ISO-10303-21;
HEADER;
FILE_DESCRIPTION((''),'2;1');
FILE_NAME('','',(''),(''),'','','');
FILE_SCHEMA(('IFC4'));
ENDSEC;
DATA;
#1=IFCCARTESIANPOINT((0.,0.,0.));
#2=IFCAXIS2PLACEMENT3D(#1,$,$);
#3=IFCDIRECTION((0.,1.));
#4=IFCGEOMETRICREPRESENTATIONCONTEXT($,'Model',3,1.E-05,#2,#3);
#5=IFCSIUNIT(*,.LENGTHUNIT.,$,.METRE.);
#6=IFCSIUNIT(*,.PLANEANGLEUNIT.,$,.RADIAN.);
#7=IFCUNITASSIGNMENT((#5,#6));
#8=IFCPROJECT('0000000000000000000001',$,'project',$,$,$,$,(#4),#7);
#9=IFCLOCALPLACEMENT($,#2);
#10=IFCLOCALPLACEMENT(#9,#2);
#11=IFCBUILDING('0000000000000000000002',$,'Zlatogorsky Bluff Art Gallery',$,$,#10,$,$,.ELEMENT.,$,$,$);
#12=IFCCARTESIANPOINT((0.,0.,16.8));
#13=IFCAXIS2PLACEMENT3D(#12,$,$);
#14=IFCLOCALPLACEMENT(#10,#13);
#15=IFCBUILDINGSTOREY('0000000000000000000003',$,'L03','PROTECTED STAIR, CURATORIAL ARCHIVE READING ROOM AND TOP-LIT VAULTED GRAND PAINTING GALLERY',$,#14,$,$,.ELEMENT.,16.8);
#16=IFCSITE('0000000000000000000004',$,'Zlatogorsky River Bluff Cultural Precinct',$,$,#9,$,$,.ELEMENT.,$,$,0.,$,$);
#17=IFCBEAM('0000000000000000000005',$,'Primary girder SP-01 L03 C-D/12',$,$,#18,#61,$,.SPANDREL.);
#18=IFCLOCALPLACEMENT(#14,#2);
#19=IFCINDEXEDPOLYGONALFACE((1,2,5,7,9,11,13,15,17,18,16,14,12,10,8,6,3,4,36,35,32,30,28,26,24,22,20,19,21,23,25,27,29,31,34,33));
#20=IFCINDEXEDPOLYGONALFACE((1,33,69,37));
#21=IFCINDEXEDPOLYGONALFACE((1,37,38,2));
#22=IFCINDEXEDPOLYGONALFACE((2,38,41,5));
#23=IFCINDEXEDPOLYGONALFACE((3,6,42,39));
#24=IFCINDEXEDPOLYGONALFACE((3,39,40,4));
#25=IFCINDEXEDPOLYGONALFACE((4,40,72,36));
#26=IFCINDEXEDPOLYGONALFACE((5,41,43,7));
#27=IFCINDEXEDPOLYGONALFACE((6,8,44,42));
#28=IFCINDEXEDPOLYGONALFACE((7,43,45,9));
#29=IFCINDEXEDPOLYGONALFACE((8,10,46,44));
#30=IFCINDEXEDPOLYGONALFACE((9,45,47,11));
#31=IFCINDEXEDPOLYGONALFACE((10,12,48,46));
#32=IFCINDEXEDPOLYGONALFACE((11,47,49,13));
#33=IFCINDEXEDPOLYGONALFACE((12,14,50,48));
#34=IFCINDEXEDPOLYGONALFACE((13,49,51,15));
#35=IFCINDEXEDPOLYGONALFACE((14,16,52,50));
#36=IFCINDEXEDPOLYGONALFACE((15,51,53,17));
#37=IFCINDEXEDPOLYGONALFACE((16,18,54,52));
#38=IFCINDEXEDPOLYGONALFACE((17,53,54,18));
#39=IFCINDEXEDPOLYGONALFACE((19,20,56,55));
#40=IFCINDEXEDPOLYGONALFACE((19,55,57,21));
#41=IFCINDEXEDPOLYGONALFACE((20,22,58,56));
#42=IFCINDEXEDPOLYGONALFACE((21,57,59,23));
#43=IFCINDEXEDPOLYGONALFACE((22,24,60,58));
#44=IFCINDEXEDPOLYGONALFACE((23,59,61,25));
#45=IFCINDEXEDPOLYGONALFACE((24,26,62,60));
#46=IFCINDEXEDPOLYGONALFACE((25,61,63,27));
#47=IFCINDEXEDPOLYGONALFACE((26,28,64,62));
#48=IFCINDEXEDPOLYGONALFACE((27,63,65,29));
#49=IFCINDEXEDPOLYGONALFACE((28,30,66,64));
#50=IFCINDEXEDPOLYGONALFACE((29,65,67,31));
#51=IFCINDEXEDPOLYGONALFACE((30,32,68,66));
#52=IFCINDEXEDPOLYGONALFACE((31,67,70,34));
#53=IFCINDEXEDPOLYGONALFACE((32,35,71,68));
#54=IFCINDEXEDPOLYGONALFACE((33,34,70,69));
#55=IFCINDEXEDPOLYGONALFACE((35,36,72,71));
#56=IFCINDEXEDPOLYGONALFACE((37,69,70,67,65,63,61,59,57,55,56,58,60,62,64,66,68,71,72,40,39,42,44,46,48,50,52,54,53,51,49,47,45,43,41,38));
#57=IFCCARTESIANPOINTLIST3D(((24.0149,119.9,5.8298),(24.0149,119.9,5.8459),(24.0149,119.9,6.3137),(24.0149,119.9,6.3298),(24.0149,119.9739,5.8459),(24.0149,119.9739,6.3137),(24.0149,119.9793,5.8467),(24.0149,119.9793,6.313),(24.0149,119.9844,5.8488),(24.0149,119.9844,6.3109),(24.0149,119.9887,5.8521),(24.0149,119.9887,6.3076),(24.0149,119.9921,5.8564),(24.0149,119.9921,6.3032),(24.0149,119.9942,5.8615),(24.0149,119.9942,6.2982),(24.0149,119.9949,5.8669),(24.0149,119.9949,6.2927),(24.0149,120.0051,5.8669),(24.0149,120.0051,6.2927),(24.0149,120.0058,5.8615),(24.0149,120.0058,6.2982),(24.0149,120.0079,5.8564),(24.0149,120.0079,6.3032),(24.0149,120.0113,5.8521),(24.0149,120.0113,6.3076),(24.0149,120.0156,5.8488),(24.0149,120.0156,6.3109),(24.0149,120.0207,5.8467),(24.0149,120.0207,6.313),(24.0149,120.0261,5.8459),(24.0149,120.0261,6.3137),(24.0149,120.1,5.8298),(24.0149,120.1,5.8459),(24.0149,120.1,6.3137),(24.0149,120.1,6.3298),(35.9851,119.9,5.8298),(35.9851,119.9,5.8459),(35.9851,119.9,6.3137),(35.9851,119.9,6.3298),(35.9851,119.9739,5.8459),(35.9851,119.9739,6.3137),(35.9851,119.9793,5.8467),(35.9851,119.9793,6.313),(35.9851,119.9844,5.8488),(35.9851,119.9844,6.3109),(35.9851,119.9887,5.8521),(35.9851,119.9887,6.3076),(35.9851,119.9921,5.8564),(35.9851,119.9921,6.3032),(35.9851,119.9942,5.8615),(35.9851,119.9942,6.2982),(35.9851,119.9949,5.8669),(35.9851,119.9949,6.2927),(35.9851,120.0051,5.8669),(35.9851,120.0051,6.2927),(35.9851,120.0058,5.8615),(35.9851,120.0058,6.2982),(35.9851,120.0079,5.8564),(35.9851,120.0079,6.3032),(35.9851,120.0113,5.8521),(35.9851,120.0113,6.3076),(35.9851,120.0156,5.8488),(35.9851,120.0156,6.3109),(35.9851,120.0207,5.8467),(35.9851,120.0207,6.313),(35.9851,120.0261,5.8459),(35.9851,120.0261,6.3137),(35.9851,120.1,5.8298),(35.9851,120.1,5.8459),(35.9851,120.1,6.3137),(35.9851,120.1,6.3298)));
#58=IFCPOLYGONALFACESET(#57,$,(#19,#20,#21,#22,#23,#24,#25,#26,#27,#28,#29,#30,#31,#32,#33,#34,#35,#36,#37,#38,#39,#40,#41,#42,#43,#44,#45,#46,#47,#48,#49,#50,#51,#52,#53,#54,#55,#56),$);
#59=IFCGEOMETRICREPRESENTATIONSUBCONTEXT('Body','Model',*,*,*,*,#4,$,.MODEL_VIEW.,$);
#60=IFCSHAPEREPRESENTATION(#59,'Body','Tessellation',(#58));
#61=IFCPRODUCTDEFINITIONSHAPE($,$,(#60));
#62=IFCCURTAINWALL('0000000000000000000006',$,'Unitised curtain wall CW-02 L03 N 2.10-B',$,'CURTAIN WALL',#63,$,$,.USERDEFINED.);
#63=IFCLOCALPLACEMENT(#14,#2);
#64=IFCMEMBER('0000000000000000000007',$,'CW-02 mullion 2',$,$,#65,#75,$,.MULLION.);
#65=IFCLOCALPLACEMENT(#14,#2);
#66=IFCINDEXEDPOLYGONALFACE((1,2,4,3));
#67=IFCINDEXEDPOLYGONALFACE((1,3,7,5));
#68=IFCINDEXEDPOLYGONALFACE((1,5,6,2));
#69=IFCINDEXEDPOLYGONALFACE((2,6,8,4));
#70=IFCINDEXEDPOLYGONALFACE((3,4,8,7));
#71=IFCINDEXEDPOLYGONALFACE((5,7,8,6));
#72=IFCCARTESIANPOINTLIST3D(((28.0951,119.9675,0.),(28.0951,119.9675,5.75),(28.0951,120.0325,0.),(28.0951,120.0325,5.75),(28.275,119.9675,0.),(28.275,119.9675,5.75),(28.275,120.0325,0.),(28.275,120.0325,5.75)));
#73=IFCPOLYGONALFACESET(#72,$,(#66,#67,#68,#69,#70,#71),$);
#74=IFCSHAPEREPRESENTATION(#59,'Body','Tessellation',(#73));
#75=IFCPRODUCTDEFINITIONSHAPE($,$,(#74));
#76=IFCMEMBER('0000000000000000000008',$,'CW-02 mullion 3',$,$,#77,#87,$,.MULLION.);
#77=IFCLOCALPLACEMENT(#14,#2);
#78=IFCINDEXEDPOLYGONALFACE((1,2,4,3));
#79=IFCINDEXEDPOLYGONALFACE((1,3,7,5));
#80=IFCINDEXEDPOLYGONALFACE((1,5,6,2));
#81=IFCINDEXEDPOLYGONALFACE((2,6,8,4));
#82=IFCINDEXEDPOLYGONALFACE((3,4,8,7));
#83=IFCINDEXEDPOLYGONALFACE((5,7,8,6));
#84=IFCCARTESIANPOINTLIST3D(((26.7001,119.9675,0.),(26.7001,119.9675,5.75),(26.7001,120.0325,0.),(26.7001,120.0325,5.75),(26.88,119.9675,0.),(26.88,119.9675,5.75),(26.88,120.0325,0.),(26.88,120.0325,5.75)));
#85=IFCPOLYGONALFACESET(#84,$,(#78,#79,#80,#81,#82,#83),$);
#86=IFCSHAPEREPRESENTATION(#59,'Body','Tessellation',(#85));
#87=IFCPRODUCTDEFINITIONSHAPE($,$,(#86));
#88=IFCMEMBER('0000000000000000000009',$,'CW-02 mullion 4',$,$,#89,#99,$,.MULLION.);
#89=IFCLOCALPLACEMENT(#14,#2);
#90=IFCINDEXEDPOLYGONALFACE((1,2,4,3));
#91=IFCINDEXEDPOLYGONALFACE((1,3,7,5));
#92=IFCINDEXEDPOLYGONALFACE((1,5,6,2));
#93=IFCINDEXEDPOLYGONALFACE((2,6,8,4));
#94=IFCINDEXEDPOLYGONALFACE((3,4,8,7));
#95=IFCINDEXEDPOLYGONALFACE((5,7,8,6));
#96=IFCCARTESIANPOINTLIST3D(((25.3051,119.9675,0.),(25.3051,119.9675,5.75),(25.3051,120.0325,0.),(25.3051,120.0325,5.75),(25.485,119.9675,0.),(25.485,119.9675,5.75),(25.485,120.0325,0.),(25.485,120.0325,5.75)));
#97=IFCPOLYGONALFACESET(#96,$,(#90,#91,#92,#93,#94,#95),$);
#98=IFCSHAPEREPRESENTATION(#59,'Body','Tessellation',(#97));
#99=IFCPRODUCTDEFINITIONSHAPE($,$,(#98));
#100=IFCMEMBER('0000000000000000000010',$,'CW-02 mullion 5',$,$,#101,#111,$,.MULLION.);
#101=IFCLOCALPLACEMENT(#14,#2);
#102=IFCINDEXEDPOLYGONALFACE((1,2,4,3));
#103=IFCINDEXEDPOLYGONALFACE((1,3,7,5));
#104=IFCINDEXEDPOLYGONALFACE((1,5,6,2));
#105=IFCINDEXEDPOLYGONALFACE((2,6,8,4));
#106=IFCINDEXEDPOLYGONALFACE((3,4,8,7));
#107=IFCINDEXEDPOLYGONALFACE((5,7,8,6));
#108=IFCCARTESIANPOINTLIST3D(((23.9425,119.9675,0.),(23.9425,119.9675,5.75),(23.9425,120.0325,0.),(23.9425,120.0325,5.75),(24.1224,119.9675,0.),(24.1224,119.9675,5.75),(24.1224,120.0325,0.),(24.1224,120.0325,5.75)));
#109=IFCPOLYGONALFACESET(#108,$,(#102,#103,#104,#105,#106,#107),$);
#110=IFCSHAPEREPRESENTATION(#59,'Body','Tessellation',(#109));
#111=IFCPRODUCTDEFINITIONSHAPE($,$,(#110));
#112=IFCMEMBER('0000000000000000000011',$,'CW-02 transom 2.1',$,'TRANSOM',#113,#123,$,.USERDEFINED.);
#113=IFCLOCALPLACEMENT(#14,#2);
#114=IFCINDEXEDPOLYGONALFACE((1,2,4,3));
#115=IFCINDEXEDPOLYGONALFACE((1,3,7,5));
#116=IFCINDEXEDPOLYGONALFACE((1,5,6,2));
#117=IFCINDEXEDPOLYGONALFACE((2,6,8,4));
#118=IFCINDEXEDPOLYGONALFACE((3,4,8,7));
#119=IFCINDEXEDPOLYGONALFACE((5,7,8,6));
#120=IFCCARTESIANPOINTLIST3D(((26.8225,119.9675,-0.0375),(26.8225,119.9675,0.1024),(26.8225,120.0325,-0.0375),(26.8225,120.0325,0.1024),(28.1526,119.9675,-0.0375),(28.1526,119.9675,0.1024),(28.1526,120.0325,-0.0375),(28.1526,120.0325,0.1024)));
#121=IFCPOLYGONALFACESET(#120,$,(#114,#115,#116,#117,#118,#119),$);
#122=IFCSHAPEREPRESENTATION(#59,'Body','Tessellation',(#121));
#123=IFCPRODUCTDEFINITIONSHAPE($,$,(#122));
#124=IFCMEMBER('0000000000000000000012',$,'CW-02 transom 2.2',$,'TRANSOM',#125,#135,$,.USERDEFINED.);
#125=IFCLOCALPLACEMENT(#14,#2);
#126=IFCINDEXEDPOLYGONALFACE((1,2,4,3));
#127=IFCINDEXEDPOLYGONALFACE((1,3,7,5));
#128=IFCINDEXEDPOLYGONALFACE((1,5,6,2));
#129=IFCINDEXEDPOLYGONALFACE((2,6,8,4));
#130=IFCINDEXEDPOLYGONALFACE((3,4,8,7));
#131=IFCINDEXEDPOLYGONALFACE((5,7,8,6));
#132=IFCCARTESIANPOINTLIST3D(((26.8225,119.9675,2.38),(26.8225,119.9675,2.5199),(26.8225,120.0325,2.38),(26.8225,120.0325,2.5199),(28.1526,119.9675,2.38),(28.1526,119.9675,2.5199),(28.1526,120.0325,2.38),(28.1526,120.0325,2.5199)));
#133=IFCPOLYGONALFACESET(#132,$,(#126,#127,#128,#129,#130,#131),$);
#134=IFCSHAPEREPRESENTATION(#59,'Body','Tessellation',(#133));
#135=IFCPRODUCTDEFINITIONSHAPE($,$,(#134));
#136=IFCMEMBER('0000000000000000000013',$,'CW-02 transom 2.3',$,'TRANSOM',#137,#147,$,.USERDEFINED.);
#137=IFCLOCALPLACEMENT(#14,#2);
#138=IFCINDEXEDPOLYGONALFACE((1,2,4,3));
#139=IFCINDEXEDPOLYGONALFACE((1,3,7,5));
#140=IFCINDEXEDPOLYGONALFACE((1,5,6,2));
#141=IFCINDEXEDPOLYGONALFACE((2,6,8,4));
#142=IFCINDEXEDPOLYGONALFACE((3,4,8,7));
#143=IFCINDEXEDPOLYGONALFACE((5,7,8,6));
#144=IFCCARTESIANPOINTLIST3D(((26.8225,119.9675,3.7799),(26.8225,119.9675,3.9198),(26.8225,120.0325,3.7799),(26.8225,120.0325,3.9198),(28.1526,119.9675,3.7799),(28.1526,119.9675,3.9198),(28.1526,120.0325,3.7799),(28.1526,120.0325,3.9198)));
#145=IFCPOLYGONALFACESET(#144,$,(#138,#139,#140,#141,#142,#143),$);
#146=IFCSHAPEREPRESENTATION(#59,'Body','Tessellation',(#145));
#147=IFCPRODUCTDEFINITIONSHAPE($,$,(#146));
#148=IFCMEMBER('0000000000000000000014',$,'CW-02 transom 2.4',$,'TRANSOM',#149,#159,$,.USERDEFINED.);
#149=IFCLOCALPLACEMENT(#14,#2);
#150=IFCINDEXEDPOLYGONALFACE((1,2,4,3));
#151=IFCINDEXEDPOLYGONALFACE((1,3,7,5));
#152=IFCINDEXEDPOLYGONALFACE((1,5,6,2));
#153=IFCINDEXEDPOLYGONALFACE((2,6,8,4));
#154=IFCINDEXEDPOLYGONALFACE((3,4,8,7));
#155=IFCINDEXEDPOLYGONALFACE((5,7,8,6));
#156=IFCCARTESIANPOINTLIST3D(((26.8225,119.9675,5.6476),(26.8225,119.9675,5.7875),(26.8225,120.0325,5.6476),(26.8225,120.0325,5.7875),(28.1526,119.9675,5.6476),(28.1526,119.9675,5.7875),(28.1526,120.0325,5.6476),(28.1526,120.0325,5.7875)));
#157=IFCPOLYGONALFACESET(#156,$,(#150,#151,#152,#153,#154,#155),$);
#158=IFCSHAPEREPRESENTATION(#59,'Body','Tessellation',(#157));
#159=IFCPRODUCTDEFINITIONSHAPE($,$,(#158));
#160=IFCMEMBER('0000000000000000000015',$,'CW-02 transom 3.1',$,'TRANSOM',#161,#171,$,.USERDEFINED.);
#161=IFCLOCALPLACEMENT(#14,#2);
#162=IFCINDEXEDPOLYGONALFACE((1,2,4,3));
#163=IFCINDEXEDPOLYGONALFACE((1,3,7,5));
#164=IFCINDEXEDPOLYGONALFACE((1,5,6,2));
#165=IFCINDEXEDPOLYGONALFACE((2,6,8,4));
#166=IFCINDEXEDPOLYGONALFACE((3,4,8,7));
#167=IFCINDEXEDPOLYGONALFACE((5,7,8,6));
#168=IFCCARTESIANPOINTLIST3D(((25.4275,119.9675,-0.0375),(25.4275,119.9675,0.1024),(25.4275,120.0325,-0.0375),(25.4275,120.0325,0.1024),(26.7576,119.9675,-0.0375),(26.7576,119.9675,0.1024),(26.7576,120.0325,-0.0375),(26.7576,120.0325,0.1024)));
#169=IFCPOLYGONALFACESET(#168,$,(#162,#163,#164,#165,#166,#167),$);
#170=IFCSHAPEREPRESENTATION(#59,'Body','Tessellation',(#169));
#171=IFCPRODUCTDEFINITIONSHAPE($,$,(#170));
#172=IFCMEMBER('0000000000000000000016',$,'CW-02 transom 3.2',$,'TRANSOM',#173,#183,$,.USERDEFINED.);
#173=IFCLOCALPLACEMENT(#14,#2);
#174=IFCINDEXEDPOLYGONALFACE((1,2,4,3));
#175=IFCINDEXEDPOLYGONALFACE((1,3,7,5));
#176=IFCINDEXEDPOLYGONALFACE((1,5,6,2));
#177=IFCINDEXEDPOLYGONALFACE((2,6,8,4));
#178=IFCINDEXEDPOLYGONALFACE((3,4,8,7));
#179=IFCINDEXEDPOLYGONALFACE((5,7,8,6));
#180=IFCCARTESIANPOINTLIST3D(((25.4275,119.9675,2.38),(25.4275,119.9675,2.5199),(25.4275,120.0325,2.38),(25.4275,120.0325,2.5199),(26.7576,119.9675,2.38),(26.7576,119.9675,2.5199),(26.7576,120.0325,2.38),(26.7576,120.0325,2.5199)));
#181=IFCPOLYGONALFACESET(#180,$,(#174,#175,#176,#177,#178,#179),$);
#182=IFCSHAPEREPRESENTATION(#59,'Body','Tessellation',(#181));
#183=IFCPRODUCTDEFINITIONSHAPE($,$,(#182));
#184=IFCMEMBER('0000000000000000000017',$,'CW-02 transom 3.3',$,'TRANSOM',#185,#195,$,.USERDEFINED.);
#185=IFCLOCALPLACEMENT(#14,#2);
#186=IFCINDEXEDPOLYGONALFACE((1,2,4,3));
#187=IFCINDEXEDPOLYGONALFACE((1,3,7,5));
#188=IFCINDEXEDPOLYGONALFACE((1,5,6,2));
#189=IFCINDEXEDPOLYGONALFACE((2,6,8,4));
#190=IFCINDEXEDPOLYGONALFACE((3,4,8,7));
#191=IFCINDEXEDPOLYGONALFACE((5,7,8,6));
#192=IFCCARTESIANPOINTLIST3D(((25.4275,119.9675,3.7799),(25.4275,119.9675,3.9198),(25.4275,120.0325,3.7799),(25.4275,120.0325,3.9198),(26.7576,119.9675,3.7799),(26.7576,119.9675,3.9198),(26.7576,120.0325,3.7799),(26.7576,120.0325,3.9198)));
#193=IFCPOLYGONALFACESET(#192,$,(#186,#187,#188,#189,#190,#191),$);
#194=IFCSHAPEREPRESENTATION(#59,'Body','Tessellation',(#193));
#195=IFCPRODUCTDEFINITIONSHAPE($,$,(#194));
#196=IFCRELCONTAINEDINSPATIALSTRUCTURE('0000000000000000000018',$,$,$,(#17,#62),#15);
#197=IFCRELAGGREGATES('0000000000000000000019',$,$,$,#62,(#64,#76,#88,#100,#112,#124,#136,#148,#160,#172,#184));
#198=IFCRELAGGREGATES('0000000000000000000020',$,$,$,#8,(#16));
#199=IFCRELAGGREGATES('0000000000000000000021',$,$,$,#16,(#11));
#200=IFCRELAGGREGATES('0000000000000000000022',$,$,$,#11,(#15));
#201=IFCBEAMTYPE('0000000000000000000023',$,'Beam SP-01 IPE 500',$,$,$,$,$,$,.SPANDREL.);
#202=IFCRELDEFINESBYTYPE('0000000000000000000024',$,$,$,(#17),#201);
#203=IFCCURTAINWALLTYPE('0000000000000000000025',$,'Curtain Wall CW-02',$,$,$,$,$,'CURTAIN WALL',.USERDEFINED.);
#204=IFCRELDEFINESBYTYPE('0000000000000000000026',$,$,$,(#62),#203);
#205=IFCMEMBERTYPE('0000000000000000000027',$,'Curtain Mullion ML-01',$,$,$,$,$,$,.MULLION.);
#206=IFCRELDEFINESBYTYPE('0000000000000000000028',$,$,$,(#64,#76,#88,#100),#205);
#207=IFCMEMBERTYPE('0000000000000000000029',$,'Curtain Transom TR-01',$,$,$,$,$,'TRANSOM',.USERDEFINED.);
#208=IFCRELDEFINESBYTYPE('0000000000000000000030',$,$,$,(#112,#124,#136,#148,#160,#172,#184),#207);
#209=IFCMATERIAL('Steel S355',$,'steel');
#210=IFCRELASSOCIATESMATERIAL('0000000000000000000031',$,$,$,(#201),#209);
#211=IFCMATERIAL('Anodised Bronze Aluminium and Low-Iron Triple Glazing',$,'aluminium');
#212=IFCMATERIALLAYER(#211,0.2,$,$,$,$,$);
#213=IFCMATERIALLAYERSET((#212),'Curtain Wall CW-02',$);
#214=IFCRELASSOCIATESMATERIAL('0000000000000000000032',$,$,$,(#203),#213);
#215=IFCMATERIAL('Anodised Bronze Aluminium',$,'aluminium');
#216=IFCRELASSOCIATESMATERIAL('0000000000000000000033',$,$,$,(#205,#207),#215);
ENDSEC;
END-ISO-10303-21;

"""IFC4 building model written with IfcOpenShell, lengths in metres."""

from ifc_helpers import new_model, si_unit, direction, frame, origin, origin_2d, place, context, subcontext, project, spatial, rectangle, i_section, extrude, material, layer, layer_set, material_profile, profile_set, type_object, element, aggregate, save


model = new_model("IFC4")

# Units and contexts
model_context = context("Model", 3, precision=1e-05, world=origin(), true_north=direction((0.0, 1.0)))
body_context = subcontext(model_context, "Body", "Model", "MODEL_VIEW")
ifc_project = project(units=[si_unit("LENGTHUNIT", "METRE"), si_unit("PLANEANGLEUNIT", "RADIAN")], contexts=[model_context])

# Site, building, storey
site_placement = place(None, origin())
site = spatial("IfcSite", under=ifc_project, at=site_placement, Name="Zlatogorsky River Bluff Cultural Precinct", CompositionType="ELEMENT", RefElevation=0.0)
building_placement = place(site_placement, origin())
building = spatial("IfcBuilding", under=site, at=building_placement, Name="Zlatogorsky Bluff Art Gallery", CompositionType="ELEMENT")
storey_placement = place(building_placement, frame((0.0, 0.0, 16.8)))
storey = spatial("IfcBuildingStorey", under=building, at=storey_placement, Name="L03", Description="PROTECTED STAIR, CURATORIAL ARCHIVE READING ROOM AND TOP-LIT VAULTED GRAND PAINTING GALLERY", CompositionType="ELEMENT", Elevation=16.8)

# Beam
ifc_material_1 = material(Name="Steel S355", Category="steel")
ifc_material_profile_1 = material_profile(ifc_material_1, i_section(OverallWidth=0.2, OverallDepth=0.5, WebThickness=0.0103, FlangeThickness=0.0161, FilletRadius=0.021, at=origin_2d()), Name="IPE 500")
ifc_profile_set_1 = profile_set([ifc_material_profile_1], Name="Steel S355")
beam_type = type_object("IfcBeamType", Name="Beam SP-01 IPE 500", PredefinedType="SPANDREL", material=ifc_profile_set_1)
beam_placement = place(storey_placement, frame((24.0149, 120.0, 6.0798), z_axis=(1.0, 0.0, 0.0), x_axis=(0.0, 1.0, 0.0)))
element("IfcBeam", 1, at=beam_placement, inside=storey, type_object=beam_type, Name="Primary girder SP-01 L03 C-D/12", PredefinedType="SPANDREL", context=body_context, shape_type="SweptSolid", body=[
    extrude(i_section(OverallWidth=0.2, OverallDepth=0.5, WebThickness=0.0103, FlangeThickness=0.0161, FilletRadius=0.021, at=origin_2d()), origin(), (0.0, 0.0, 1.0), 11.9702),
])

# Curtain wall, members
ifc_material_2 = material(Name="Anodised Bronze Aluminium and Low-Iron Triple Glazing", Category="aluminium")
ifc_layer_1 = layer(ifc_material_2, 0.2)
ifc_layer_set_1 = layer_set([ifc_layer_1], Name="Curtain Wall CW-02")
curtain_wall_type = type_object("IfcCurtainWallType", Name="Curtain Wall CW-02", ElementType="CURTAIN WALL", PredefinedType="USERDEFINED", material=ifc_layer_set_1)
curtain_wall_placement = place(storey_placement, origin())
curtain_wall = element("IfcCurtainWall", 2, at=curtain_wall_placement, inside=storey, type_object=curtain_wall_type, Name="Unitised curtain wall CW-02 L03 N 2.10-B", ObjectType="CURTAIN WALL", PredefinedType="USERDEFINED")
ifc_material_3 = material(Name="Anodised Bronze Aluminium", Category="aluminium")
ifc_material_profile_2 = material_profile(ifc_material_3, rectangle(XDim=0.0649, YDim=0.1799, at=origin_2d()), Name="ALU MULLION 65x180")
ifc_profile_set_2 = profile_set([ifc_material_profile_2], Name="Anodised Bronze Aluminium")
member_type_1 = type_object("IfcMemberType", Name="Curtain Mullion ML-01", PredefinedType="MULLION", material=ifc_profile_set_2)
member_1_placement = place(storey_placement, frame((28.1851, 120.0, 0.0), z_axis=(0.0, 0.0, 1.0), x_axis=(0.0, -1.0, 0.0)))
member_1 = element("IfcMember", 3, at=member_1_placement, type_object=member_type_1, Name="CW-02 mullion 2", PredefinedType="MULLION", context=body_context, shape_type="SweptSolid", body=[
    extrude(rectangle(XDim=0.0649, YDim=0.1799, at=origin_2d()), origin(), (0.0, 0.0, 1.0), 5.75),
])
member_2_placement = place(storey_placement, frame((26.79, 120.0, 0.0), z_axis=(0.0, 0.0, 1.0), x_axis=(0.0, -1.0, 0.0)))
member_2 = element("IfcMember", 4, at=member_2_placement, type_object=member_type_1, Name="CW-02 mullion 3", PredefinedType="MULLION", context=body_context, shape_type="SweptSolid", body=[
    extrude(rectangle(XDim=0.0649, YDim=0.1799, at=origin_2d()), origin(), (0.0, 0.0, 1.0), 5.75),
])
member_3_placement = place(storey_placement, frame((25.395, 120.0, 0.0), z_axis=(0.0, 0.0, 1.0), x_axis=(0.0, -1.0, 0.0)))
member_3 = element("IfcMember", 5, at=member_3_placement, type_object=member_type_1, Name="CW-02 mullion 4", PredefinedType="MULLION", context=body_context, shape_type="SweptSolid", body=[
    extrude(rectangle(XDim=0.0649, YDim=0.1799, at=origin_2d()), origin(), (0.0, 0.0, 1.0), 5.75),
])
member_4_placement = place(storey_placement, frame((24.0325, 120.0, 0.0), z_axis=(0.0, 0.0, 1.0), x_axis=(0.0, -1.0, 0.0)))
member_4 = element("IfcMember", 6, at=member_4_placement, type_object=member_type_1, Name="CW-02 mullion 5", PredefinedType="MULLION", context=body_context, shape_type="SweptSolid", body=[
    extrude(rectangle(XDim=0.0649, YDim=0.1799, at=origin_2d()), origin(), (0.0, 0.0, 1.0), 5.75),
])
ifc_material_profile_3 = material_profile(ifc_material_3, rectangle(XDim=0.0649, YDim=0.1399, at=origin_2d()), Name="ALU TRANSOM 65x140")
ifc_profile_set_3 = profile_set([ifc_material_profile_3], Name="Anodised Bronze Aluminium")
member_type_2 = type_object("IfcMemberType", Name="Curtain Transom TR-01", ElementType="TRANSOM", PredefinedType="USERDEFINED", material=ifc_profile_set_3)
member_5_placement = place(storey_placement, frame((28.1526, 120.0, 0.0325), z_axis=(-1.0, 0.0, 0.0), x_axis=(0.0, -1.0, 0.0)))
member_5 = element("IfcMember", 7, at=member_5_placement, type_object=member_type_2, Name="CW-02 transom 2.1", ObjectType="TRANSOM", PredefinedType="USERDEFINED", context=body_context, shape_type="SweptSolid", body=[
    extrude(rectangle(XDim=0.0649, YDim=0.1399, at=origin_2d()), origin(), (0.0, 0.0, 1.0), 1.3301),
])
member_6_placement = place(storey_placement, frame((28.1526, 120.0, 2.45), z_axis=(-1.0, 0.0, 0.0), x_axis=(0.0, -1.0, 0.0)))
member_6 = element("IfcMember", 8, at=member_6_placement, type_object=member_type_2, Name="CW-02 transom 2.2", ObjectType="TRANSOM", PredefinedType="USERDEFINED", context=body_context, shape_type="SweptSolid", body=[
    extrude(rectangle(XDim=0.0649, YDim=0.1399, at=origin_2d()), origin(), (0.0, 0.0, 1.0), 1.3301),
])
member_7_placement = place(storey_placement, frame((28.1526, 120.0, 3.8499), z_axis=(-1.0, 0.0, 0.0), x_axis=(0.0, -1.0, 0.0)))
member_7 = element("IfcMember", 9, at=member_7_placement, type_object=member_type_2, Name="CW-02 transom 2.3", ObjectType="TRANSOM", PredefinedType="USERDEFINED", context=body_context, shape_type="SweptSolid", body=[
    extrude(rectangle(XDim=0.0649, YDim=0.1399, at=origin_2d()), origin(), (0.0, 0.0, 1.0), 1.3301),
])
member_8_placement = place(storey_placement, frame((28.1526, 120.0, 5.7175), z_axis=(-1.0, 0.0, 0.0), x_axis=(0.0, -1.0, 0.0)))
member_8 = element("IfcMember", 10, at=member_8_placement, type_object=member_type_2, Name="CW-02 transom 2.4", ObjectType="TRANSOM", PredefinedType="USERDEFINED", context=body_context, shape_type="SweptSolid", body=[
    extrude(rectangle(XDim=0.0649, YDim=0.1399, at=origin_2d()), origin(), (0.0, 0.0, 1.0), 1.3301),
])
member_9_placement = place(storey_placement, frame((26.7576, 120.0, 0.0325), z_axis=(-1.0, 0.0, 0.0), x_axis=(0.0, -1.0, 0.0)))
member_9 = element("IfcMember", 11, at=member_9_placement, type_object=member_type_2, Name="CW-02 transom 3.1", ObjectType="TRANSOM", PredefinedType="USERDEFINED", context=body_context, shape_type="SweptSolid", body=[
    extrude(rectangle(XDim=0.0649, YDim=0.1399, at=origin_2d()), origin(), (0.0, 0.0, 1.0), 1.3301),
])
member_10_placement = place(storey_placement, frame((26.7576, 120.0, 2.45), z_axis=(-1.0, 0.0, 0.0), x_axis=(0.0, -1.0, 0.0)))
member_10 = element("IfcMember", 12, at=member_10_placement, type_object=member_type_2, Name="CW-02 transom 3.2", ObjectType="TRANSOM", PredefinedType="USERDEFINED", context=body_context, shape_type="SweptSolid", body=[
    extrude(rectangle(XDim=0.0649, YDim=0.1399, at=origin_2d()), origin(), (0.0, 0.0, 1.0), 1.3301),
])
member_11_placement = place(storey_placement, frame((26.7576, 120.0, 3.8499), z_axis=(-1.0, 0.0, 0.0), x_axis=(0.0, -1.0, 0.0)))
member_11 = element("IfcMember", 13, at=member_11_placement, type_object=member_type_2, Name="CW-02 transom 3.3", ObjectType="TRANSOM", PredefinedType="USERDEFINED", context=body_context, shape_type="SweptSolid", body=[
    extrude(rectangle(XDim=0.0649, YDim=0.1399, at=origin_2d()), origin(), (0.0, 0.0, 1.0), 1.3301),
])
aggregate(curtain_wall, [member_1, member_2, member_3, member_4, member_5, member_6, member_7, member_8, member_9, member_10, member_11])

save(model, "model.ifc")
